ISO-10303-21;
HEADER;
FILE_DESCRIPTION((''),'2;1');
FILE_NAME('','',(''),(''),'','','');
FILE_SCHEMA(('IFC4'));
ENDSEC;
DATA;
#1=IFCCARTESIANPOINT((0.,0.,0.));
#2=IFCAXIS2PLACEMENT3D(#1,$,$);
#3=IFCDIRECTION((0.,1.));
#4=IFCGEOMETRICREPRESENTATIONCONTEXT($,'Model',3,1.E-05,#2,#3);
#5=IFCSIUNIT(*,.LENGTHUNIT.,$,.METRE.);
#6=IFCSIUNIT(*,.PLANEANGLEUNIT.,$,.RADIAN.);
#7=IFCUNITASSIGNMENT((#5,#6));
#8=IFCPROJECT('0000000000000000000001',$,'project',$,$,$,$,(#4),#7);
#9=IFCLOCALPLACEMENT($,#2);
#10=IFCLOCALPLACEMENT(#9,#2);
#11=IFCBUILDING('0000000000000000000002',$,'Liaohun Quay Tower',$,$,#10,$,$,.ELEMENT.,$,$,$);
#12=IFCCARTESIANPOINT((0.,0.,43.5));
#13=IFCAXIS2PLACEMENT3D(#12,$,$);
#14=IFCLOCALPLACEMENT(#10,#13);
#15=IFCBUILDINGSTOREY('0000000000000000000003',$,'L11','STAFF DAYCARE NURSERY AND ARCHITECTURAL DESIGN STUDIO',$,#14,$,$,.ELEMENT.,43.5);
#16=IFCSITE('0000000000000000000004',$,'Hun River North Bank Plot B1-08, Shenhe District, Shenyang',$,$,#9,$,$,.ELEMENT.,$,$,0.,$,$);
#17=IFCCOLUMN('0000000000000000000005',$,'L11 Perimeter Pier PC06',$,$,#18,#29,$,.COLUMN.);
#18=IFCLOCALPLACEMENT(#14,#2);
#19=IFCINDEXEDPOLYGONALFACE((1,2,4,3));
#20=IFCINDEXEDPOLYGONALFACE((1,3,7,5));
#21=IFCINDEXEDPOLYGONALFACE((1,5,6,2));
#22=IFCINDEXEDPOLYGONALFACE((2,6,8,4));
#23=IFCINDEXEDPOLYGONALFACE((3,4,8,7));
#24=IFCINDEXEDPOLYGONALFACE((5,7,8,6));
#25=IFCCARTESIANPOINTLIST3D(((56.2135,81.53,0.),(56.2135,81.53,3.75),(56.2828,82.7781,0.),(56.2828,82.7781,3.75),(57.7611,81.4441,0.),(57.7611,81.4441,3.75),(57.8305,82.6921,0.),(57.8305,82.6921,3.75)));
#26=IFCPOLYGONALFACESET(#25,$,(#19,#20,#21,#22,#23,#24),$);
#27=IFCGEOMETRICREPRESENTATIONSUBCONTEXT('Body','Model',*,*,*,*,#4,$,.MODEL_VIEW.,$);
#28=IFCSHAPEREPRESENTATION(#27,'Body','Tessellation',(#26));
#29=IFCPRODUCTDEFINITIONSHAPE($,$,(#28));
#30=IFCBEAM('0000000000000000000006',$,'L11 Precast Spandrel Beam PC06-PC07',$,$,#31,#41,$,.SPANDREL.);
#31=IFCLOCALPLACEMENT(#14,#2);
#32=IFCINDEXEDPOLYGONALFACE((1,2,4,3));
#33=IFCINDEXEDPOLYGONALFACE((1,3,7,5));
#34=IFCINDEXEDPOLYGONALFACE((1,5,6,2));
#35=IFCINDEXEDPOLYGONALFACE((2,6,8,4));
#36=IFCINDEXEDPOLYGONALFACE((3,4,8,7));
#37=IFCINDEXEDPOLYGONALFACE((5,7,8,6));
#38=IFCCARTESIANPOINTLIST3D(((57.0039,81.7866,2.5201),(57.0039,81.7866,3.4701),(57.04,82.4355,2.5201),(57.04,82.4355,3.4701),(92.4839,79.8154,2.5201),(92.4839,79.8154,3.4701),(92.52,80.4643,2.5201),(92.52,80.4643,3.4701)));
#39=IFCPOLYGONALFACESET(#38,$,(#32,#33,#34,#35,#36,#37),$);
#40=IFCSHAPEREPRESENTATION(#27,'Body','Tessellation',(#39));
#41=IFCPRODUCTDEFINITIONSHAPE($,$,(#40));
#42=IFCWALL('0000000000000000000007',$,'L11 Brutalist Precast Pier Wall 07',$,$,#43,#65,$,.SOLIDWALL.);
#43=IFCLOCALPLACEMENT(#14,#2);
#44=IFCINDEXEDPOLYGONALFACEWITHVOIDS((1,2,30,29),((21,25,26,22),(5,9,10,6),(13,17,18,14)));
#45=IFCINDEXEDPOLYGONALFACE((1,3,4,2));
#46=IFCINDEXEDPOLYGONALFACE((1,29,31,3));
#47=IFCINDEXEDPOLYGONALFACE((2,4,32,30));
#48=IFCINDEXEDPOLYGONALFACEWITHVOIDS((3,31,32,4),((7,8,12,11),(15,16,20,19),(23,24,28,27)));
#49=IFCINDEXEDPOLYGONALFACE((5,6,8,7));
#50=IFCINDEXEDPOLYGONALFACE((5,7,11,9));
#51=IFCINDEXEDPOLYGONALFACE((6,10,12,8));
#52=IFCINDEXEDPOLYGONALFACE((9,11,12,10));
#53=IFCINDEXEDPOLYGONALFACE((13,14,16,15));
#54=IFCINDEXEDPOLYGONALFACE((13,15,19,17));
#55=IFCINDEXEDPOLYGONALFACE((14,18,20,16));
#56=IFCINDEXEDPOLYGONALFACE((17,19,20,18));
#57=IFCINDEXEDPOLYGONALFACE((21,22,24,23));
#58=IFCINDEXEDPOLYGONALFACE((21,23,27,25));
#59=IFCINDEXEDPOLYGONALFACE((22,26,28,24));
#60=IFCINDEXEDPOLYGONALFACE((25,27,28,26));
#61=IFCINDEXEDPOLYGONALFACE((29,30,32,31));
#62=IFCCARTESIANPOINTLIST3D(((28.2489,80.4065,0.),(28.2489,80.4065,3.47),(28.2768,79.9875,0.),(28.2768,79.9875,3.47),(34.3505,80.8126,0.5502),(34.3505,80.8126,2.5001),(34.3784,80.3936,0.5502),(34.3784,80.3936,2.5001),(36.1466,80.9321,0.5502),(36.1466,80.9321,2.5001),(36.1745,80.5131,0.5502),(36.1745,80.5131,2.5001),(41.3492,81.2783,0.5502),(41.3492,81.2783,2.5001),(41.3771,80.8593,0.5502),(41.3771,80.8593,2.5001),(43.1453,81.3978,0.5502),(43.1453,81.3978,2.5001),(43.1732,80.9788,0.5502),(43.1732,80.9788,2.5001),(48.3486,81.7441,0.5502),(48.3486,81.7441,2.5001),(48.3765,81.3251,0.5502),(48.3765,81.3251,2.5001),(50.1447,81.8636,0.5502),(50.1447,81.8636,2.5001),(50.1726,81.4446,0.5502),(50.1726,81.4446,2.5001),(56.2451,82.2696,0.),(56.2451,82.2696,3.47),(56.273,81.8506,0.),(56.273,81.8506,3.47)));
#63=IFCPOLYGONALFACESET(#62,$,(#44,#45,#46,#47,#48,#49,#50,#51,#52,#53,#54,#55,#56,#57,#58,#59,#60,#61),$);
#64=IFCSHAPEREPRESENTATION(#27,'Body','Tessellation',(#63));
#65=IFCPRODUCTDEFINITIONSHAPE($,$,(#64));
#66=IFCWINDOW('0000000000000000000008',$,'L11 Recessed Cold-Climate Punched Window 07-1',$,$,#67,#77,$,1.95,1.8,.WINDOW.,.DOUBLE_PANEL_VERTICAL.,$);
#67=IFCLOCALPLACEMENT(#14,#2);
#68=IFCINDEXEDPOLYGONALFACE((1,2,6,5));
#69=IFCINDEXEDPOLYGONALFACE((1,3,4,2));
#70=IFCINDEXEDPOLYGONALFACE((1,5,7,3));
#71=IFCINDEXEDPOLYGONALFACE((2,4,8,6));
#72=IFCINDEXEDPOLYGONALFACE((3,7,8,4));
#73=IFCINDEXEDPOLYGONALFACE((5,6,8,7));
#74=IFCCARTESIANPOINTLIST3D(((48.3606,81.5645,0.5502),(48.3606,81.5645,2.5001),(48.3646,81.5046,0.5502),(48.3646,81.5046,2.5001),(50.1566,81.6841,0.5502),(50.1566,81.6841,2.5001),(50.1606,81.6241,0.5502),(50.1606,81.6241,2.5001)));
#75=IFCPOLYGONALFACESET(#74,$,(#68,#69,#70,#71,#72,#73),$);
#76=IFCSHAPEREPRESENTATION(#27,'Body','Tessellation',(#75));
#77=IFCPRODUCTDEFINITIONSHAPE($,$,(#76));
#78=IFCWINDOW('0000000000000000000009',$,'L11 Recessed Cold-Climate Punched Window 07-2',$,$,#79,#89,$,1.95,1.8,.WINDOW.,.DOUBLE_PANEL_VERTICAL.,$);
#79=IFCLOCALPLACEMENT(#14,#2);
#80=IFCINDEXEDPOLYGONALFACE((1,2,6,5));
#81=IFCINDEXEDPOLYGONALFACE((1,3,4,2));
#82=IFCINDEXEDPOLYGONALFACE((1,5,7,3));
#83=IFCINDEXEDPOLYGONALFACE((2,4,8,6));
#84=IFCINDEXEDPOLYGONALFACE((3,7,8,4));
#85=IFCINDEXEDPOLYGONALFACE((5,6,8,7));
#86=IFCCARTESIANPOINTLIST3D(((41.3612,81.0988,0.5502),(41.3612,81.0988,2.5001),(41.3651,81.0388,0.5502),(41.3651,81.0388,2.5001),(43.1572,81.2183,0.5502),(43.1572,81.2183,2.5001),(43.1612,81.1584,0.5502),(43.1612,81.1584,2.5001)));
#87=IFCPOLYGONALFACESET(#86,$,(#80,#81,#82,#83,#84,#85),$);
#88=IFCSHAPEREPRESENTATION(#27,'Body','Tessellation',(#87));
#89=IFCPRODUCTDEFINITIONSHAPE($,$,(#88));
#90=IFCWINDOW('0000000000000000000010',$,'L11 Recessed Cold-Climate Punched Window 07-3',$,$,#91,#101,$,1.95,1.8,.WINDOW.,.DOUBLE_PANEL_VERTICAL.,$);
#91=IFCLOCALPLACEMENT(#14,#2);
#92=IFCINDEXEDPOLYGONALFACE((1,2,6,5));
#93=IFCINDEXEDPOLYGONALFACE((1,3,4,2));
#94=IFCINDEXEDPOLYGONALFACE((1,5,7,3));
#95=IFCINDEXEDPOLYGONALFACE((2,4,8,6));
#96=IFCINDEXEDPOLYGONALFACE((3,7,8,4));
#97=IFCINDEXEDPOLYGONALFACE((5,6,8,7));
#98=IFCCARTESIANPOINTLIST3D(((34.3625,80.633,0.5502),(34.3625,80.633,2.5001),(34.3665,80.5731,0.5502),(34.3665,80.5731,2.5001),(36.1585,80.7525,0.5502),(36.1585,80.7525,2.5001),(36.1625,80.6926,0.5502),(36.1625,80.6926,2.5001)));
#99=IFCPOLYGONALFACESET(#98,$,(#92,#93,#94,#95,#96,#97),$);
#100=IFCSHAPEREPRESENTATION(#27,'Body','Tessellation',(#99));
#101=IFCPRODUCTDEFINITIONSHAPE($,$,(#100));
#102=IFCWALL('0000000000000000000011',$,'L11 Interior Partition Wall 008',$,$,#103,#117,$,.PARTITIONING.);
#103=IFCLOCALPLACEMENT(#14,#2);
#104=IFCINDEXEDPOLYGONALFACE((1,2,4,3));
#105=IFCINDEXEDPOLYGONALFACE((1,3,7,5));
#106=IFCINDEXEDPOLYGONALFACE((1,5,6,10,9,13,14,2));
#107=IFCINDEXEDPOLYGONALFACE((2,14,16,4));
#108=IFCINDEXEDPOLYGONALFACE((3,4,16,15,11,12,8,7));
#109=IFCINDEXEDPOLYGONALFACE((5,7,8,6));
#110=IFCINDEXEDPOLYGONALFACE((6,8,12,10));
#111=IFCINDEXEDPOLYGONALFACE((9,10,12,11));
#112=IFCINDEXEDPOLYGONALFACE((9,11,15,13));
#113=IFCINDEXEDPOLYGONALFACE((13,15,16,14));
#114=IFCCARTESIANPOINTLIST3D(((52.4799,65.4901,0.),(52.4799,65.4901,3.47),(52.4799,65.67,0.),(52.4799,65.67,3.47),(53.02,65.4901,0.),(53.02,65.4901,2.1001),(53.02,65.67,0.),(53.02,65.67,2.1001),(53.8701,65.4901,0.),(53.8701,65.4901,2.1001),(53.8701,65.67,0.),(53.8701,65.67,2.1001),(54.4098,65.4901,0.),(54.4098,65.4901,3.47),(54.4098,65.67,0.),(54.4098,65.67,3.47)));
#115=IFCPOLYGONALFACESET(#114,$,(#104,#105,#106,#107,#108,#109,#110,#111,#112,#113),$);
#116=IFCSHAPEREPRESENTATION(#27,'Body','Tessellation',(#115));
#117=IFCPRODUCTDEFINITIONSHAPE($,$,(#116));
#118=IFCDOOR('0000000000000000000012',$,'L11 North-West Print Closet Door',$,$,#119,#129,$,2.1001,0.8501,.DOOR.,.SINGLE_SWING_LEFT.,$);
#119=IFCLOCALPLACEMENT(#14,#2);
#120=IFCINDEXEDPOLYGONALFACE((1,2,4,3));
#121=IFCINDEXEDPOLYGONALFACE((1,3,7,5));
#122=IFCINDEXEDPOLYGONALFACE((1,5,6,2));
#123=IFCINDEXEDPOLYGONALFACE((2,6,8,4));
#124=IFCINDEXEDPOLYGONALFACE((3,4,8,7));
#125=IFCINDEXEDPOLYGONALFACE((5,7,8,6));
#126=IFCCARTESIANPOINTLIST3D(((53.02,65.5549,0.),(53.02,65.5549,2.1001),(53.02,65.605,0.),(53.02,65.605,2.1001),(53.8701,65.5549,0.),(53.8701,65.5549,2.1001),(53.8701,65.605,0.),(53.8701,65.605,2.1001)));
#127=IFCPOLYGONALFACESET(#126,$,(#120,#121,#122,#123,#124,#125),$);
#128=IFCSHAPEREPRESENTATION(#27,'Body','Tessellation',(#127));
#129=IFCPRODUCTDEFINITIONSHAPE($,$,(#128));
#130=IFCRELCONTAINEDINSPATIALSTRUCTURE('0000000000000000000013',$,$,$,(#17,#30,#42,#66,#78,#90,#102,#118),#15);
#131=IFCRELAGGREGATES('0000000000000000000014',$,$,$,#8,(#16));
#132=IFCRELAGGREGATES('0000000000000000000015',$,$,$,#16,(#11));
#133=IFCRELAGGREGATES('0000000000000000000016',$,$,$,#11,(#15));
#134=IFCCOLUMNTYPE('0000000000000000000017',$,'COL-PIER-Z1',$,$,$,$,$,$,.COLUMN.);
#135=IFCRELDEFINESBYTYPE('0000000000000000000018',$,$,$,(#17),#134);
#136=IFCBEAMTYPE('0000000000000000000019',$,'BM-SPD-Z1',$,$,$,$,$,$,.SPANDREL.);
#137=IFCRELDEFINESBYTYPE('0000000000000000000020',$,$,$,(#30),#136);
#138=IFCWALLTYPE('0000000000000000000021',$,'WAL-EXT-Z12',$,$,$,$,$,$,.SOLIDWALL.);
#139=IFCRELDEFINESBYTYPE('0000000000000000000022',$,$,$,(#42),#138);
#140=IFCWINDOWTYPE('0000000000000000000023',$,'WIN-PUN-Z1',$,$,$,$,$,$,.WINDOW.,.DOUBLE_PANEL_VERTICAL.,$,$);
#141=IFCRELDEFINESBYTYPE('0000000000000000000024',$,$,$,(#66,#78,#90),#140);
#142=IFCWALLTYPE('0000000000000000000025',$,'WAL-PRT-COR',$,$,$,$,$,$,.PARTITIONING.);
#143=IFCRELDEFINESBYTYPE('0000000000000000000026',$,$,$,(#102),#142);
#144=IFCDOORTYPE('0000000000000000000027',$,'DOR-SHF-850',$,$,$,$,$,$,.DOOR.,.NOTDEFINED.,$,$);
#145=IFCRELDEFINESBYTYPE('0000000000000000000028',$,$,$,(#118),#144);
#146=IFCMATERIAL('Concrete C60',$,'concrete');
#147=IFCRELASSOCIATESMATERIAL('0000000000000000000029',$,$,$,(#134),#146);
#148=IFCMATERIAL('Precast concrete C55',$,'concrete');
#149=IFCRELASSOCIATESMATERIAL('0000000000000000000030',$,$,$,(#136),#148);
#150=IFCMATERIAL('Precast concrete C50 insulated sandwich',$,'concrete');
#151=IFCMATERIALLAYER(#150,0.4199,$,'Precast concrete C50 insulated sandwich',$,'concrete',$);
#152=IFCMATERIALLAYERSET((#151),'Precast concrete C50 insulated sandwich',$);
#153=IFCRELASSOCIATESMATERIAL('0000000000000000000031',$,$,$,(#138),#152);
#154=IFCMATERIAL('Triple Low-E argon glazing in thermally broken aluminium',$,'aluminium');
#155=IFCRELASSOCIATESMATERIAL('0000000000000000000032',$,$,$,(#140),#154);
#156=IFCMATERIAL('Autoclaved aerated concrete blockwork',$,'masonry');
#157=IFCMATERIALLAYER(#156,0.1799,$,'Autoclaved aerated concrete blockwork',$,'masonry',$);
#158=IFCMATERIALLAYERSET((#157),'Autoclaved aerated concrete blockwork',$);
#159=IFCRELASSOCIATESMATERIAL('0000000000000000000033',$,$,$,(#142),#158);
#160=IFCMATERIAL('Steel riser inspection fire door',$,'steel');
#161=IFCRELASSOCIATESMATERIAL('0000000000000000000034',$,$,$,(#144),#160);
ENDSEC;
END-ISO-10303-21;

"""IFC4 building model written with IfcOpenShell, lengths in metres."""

from ifc_helpers import new_model, si_unit, direction, frame, frame_2d, origin, origin_2d, place, context, subcontext, project, spatial, rectangle, extrude, source, transform, mapped, material, layer, layer_set, material_profile, profile_set, type_object, element, fill, save


model = new_model("IFC4")

# Units and contexts
model_context = context("Model", 3, precision=1e-05, world=origin(), true_north=direction((0.0, 1.0)))
body_context = subcontext(model_context, "Body", "Model", "MODEL_VIEW")
ifc_project = project(units=[si_unit("LENGTHUNIT", "METRE"), si_unit("PLANEANGLEUNIT", "RADIAN")], contexts=[model_context])

# Site, building, storey
site_placement = place(None, origin())
site = spatial("IfcSite", under=ifc_project, at=site_placement, Name="Hun River North Bank Plot B1-08, Shenhe District, Shenyang", CompositionType="ELEMENT", RefElevation=0.0)
building_placement = place(site_placement, origin())
building = spatial("IfcBuilding", under=site, at=building_placement, Name="Liaohun Quay Tower", CompositionType="ELEMENT")
storey_placement = place(building_placement, frame((0.0, 0.0, 43.5)))
storey = spatial("IfcBuildingStorey", under=building, at=storey_placement, Name="L11", Description="STAFF DAYCARE NURSERY AND ARCHITECTURAL DESIGN STUDIO", CompositionType="ELEMENT", Elevation=43.5)

# Column
ifc_material_1 = material(Name="Concrete C60", Category="concrete")
ifc_material_profile_1 = material_profile(ifc_material_1, rectangle(XDim=1.55, YDim=1.25, at=origin_2d()), Name="RC1550x1250")
ifc_profile_set_1 = profile_set([ifc_material_profile_1], Name="Concrete C60")
column_type = type_object("IfcColumnType", Name="COL-PIER-Z1", PredefinedType="COLUMN", material=ifc_profile_set_1)
shared_shape_1 = source(origin(), body_context, "Body", "SweptSolid", [
    extrude(rectangle(XDim=1.55, YDim=1.25, at=origin_2d()), origin(), (0.0, 0.0, 1.0), 3.75),
])
column_placement = place(storey_placement, frame((57.022, 82.1111, 0.0), z_axis=(0.0, 0.0, 1.0), x_axis=(-0.99846, 0.055473, 0.0)))
element("IfcColumn", 1, at=column_placement, inside=storey, type_object=column_type, Name="L11 Perimeter Pier PC06", PredefinedType="COLUMN", context=body_context, shape_type="MappedRepresentation", body=[
    mapped(shared_shape_1, transform((0.0, 0.0, 0.0), x_axis=(1.0, 0.0, 0.0), y_axis=(0.0, 1.0, 0.0), z_axis=(0.0, 0.0, 1.0), scale=1.0)),
])

# Beam
ifc_material_2 = material(Name="Precast concrete C55", Category="concrete")
ifc_material_profile_2 = material_profile(ifc_material_2, rectangle(XDim=0.6499, YDim=0.95, at=origin_2d()), Name="RC650x950")
ifc_profile_set_2 = profile_set([ifc_material_profile_2], Name="Precast concrete C55")
beam_type = type_object("IfcBeamType", Name="BM-SPD-Z1", PredefinedType="SPANDREL", material=ifc_profile_set_2)
shared_shape_2 = source(origin(), body_context, "Body", "SweptSolid", [
    extrude(rectangle(XDim=0.6499, YDim=0.95, at=origin_2d()), origin(), (0.0, 0.0, 1.0), 35.5347),
])
beam_placement = place(storey_placement, frame((57.022, 82.1111, 2.9951), z_axis=(0.99846, -0.055472, 0.0), x_axis=(0.055472, 0.99846, 0.0)))
element("IfcBeam", 2, at=beam_placement, inside=storey, type_object=beam_type, Name="L11 Precast Spandrel Beam PC06-PC07", PredefinedType="SPANDREL", context=body_context, shape_type="MappedRepresentation", body=[
    mapped(shared_shape_2, transform((0.0, 0.0, 0.0), x_axis=(1.0, 0.0, 0.0), y_axis=(0.0, 1.0, 0.0), z_axis=(0.0, 0.0, 1.0), scale=1.0)),
])

# Wall, openings, windows
ifc_material_3 = material(Name="Precast concrete C50 insulated sandwich", Category="concrete")
ifc_layer_1 = layer(ifc_material_3, 0.4199, Name="Precast concrete C50 insulated sandwich", Category="concrete")
ifc_layer_set_1 = layer_set([ifc_layer_1], Name="Precast concrete C50 insulated sandwich")
wall_type_1 = type_object("IfcWallType", Name="WAL-EXT-Z12", PredefinedType="SOLIDWALL", material=ifc_layer_set_1)
wall_1_placement = place(storey_placement, frame((56.259, 82.0601, 0.0), z_axis=(0.0, 0.0, 1.0), x_axis=(-0.997793, -0.066399, 0.0)))
wall_1 = element("IfcWall", 3, at=wall_1_placement, inside=storey, type_object=wall_type_1, Name="L11 Brutalist Precast Pier Wall 07", PredefinedType="SOLIDWALL", context=body_context, shape_type="SweptSolid", body=[
    extrude(rectangle(XDim=28.0581, YDim=0.4199, at=frame_2d((14.0291, 0.0))), origin(), (0.0, 0.0, 1.0), 3.47),
])
shared_shape_3 = source(origin(), body_context, "Body", "SweptSolid", [
    extrude(rectangle(XDim=1.8, YDim=1.95, at=frame_2d((0.8999, 0.9751))), frame((0.0, 0.22, 0.0), z_axis=(0.0, -1.0, 0.0), x_axis=(1.0, 0.0, 0.0)), (0.0, 0.0, 1.0), 0.4399),
])
opening_1_placement = place(wall_1_placement, frame((6.114, 0.0, 0.55)))
opening_1 = element("IfcOpeningElement", 4, at=opening_1_placement, cuts=wall_1, PredefinedType="OPENING", context=body_context, shape_type="MappedRepresentation", body=[
    mapped(shared_shape_3, transform((0.0, 0.0, 0.0), x_axis=(1.0, 0.0, 0.0), y_axis=(0.0, 1.0, 0.0), z_axis=(0.0, 0.0, 1.0), scale=1.0)),
])
opening_2_placement = place(wall_1_placement, frame((13.1289, 0.0, 0.55)))
opening_2 = element("IfcOpeningElement", 5, at=opening_2_placement, cuts=wall_1, PredefinedType="OPENING", context=body_context, shape_type="MappedRepresentation", body=[
    mapped(shared_shape_3, transform((0.0, 0.0, 0.0), x_axis=(1.0, 0.0, 0.0), y_axis=(0.0, 1.0, 0.0), z_axis=(0.0, 0.0, 1.0), scale=1.0)),
])
opening_3_placement = place(wall_1_placement, frame((20.1431, 0.0, 0.55)))
opening_3 = element("IfcOpeningElement", 6, at=opening_3_placement, cuts=wall_1, PredefinedType="OPENING", context=body_context, shape_type="MappedRepresentation", body=[
    mapped(shared_shape_3, transform((0.0, 0.0, 0.0), x_axis=(1.0, 0.0, 0.0), y_axis=(0.0, 1.0, 0.0), z_axis=(0.0, 0.0, 1.0), scale=1.0)),
])
ifc_material_4 = material(Name="Triple Low-E argon glazing in thermally broken aluminium", Category="aluminium")
window_type = type_object("IfcWindowType", Name="WIN-PUN-Z1", PartitioningType="DOUBLE_PANEL_VERTICAL", PredefinedType="WINDOW", material=ifc_material_4)
shared_shape_4 = source(origin(), body_context, "Body", "SweptSolid", [
    extrude(rectangle(XDim=1.8, YDim=1.95, at=frame_2d((0.8999, 0.9751))), frame((0.0, 0.03, 0.0), z_axis=(0.0, -1.0, 0.0), x_axis=(1.0, 0.0, 0.0)), (0.0, 0.0, 1.0), 0.0601),
])
window_1_placement = place(opening_1_placement, origin())
window_1 = element("IfcWindow", 7, at=window_1_placement, inside=storey, type_object=window_type, Name="L11 Recessed Cold-Climate Punched Window 07-1", OverallHeight=1.95, OverallWidth=1.8, PartitioningType="DOUBLE_PANEL_VERTICAL", PredefinedType="WINDOW", context=body_context, shape_type="MappedRepresentation", body=[
    mapped(shared_shape_4, transform((0.0, 0.0, 0.0), x_axis=(1.0, 0.0, 0.0), y_axis=(0.0, 1.0, 0.0), z_axis=(0.0, 0.0, 1.0), scale=1.0)),
])
fill(opening_1, window_1)
window_2_placement = place(opening_2_placement, origin())
window_2 = element("IfcWindow", 8, at=window_2_placement, inside=storey, type_object=window_type, Name="L11 Recessed Cold-Climate Punched Window 07-2", OverallHeight=1.95, OverallWidth=1.8, PartitioningType="DOUBLE_PANEL_VERTICAL", PredefinedType="WINDOW", context=body_context, shape_type="MappedRepresentation", body=[
    mapped(shared_shape_4, transform((0.0, 0.0, 0.0), x_axis=(1.0, 0.0, 0.0), y_axis=(0.0, 1.0, 0.0), z_axis=(0.0, 0.0, 1.0), scale=1.0)),
])
fill(opening_2, window_2)
window_3_placement = place(opening_3_placement, origin())
window_3 = element("IfcWindow", 9, at=window_3_placement, inside=storey, type_object=window_type, Name="L11 Recessed Cold-Climate Punched Window 07-3", OverallHeight=1.95, OverallWidth=1.8, PartitioningType="DOUBLE_PANEL_VERTICAL", PredefinedType="WINDOW", context=body_context, shape_type="MappedRepresentation", body=[
    mapped(shared_shape_4, transform((0.0, 0.0, 0.0), x_axis=(1.0, 0.0, 0.0), y_axis=(0.0, 1.0, 0.0), z_axis=(0.0, 0.0, 1.0), scale=1.0)),
])
fill(opening_3, window_3)

# Wall, opening, door
ifc_material_5 = material(Name="Autoclaved aerated concrete blockwork", Category="masonry")
ifc_layer_2 = layer(ifc_material_5, 0.1799, Name="Autoclaved aerated concrete blockwork", Category="masonry")
ifc_layer_set_2 = layer_set([ifc_layer_2], Name="Autoclaved aerated concrete blockwork")
wall_type_2 = type_object("IfcWallType", Name="WAL-PRT-COR", PredefinedType="PARTITIONING", material=ifc_layer_set_2)
wall_2_placement = place(storey_placement, frame((52.48, 65.5801, 0.0), z_axis=(0.0, 0.0, 1.0), x_axis=(1.0, 0.0, 0.0)))
wall_2 = element("IfcWall", 10, at=wall_2_placement, inside=storey, type_object=wall_type_2, Name="L11 Interior Partition Wall 008", PredefinedType="PARTITIONING", context=body_context, shape_type="SweptSolid", body=[
    extrude(rectangle(XDim=1.9299, YDim=0.1799, at=frame_2d((0.9648, 0.0))), origin(), (0.0, 0.0, 1.0), 3.47),
])
shared_shape_5 = source(origin(), body_context, "Body", "SweptSolid", [
    extrude(rectangle(XDim=0.8501, YDim=2.1001, at=frame_2d((0.425, 1.05))), frame((0.0, 0.0999, 0.0), z_axis=(0.0, -1.0, 0.0), x_axis=(1.0, 0.0, 0.0)), (0.0, 0.0, 1.0), 0.2),
])
opening_4_placement = place(wall_2_placement, frame((0.54, 0.0, 0.0)))
opening_4 = element("IfcOpeningElement", 11, at=opening_4_placement, cuts=wall_2, PredefinedType="OPENING", context=body_context, shape_type="MappedRepresentation", body=[
    mapped(shared_shape_5, transform((0.0, 0.0, 0.0), x_axis=(1.0, 0.0, 0.0), y_axis=(0.0, 1.0, 0.0), z_axis=(0.0, 0.0, 1.0), scale=1.0)),
])
ifc_material_6 = material(Name="Steel riser inspection fire door", Category="steel")
door_type_1 = type_object("IfcDoorType", Name="DOR-SHF-850", OperationType="NOTDEFINED", PredefinedType="DOOR", material=ifc_material_6)
shared_shape_6 = source(origin(), body_context, "Body", "SweptSolid", [
    extrude(rectangle(XDim=0.8501, YDim=2.1001, at=frame_2d((0.425, 1.05))), frame((0.0, 0.0249, 0.0), z_axis=(0.0, -1.0, 0.0), x_axis=(1.0, 0.0, 0.0)), (0.0, 0.0, 1.0), 0.05),
])
door_1_placement = place(opening_4_placement, origin())
door_1 = element("IfcDoor", 12, at=door_1_placement, inside=storey, type_object=door_type_1, Name="L11 North-West Print Closet Door", OperationType="SINGLE_SWING_LEFT", OverallHeight=2.1001, OverallWidth=0.8501, PredefinedType="DOOR", context=body_context, shape_type="MappedRepresentation", body=[
    mapped(shared_shape_6, transform((0.0, 0.0, 0.0), x_axis=(1.0, 0.0, 0.0), y_axis=(0.0, 1.0, 0.0), z_axis=(0.0, 0.0, 1.0), scale=1.0)),
])
fill(opening_4, door_1)

save(model, "model.ifc")
